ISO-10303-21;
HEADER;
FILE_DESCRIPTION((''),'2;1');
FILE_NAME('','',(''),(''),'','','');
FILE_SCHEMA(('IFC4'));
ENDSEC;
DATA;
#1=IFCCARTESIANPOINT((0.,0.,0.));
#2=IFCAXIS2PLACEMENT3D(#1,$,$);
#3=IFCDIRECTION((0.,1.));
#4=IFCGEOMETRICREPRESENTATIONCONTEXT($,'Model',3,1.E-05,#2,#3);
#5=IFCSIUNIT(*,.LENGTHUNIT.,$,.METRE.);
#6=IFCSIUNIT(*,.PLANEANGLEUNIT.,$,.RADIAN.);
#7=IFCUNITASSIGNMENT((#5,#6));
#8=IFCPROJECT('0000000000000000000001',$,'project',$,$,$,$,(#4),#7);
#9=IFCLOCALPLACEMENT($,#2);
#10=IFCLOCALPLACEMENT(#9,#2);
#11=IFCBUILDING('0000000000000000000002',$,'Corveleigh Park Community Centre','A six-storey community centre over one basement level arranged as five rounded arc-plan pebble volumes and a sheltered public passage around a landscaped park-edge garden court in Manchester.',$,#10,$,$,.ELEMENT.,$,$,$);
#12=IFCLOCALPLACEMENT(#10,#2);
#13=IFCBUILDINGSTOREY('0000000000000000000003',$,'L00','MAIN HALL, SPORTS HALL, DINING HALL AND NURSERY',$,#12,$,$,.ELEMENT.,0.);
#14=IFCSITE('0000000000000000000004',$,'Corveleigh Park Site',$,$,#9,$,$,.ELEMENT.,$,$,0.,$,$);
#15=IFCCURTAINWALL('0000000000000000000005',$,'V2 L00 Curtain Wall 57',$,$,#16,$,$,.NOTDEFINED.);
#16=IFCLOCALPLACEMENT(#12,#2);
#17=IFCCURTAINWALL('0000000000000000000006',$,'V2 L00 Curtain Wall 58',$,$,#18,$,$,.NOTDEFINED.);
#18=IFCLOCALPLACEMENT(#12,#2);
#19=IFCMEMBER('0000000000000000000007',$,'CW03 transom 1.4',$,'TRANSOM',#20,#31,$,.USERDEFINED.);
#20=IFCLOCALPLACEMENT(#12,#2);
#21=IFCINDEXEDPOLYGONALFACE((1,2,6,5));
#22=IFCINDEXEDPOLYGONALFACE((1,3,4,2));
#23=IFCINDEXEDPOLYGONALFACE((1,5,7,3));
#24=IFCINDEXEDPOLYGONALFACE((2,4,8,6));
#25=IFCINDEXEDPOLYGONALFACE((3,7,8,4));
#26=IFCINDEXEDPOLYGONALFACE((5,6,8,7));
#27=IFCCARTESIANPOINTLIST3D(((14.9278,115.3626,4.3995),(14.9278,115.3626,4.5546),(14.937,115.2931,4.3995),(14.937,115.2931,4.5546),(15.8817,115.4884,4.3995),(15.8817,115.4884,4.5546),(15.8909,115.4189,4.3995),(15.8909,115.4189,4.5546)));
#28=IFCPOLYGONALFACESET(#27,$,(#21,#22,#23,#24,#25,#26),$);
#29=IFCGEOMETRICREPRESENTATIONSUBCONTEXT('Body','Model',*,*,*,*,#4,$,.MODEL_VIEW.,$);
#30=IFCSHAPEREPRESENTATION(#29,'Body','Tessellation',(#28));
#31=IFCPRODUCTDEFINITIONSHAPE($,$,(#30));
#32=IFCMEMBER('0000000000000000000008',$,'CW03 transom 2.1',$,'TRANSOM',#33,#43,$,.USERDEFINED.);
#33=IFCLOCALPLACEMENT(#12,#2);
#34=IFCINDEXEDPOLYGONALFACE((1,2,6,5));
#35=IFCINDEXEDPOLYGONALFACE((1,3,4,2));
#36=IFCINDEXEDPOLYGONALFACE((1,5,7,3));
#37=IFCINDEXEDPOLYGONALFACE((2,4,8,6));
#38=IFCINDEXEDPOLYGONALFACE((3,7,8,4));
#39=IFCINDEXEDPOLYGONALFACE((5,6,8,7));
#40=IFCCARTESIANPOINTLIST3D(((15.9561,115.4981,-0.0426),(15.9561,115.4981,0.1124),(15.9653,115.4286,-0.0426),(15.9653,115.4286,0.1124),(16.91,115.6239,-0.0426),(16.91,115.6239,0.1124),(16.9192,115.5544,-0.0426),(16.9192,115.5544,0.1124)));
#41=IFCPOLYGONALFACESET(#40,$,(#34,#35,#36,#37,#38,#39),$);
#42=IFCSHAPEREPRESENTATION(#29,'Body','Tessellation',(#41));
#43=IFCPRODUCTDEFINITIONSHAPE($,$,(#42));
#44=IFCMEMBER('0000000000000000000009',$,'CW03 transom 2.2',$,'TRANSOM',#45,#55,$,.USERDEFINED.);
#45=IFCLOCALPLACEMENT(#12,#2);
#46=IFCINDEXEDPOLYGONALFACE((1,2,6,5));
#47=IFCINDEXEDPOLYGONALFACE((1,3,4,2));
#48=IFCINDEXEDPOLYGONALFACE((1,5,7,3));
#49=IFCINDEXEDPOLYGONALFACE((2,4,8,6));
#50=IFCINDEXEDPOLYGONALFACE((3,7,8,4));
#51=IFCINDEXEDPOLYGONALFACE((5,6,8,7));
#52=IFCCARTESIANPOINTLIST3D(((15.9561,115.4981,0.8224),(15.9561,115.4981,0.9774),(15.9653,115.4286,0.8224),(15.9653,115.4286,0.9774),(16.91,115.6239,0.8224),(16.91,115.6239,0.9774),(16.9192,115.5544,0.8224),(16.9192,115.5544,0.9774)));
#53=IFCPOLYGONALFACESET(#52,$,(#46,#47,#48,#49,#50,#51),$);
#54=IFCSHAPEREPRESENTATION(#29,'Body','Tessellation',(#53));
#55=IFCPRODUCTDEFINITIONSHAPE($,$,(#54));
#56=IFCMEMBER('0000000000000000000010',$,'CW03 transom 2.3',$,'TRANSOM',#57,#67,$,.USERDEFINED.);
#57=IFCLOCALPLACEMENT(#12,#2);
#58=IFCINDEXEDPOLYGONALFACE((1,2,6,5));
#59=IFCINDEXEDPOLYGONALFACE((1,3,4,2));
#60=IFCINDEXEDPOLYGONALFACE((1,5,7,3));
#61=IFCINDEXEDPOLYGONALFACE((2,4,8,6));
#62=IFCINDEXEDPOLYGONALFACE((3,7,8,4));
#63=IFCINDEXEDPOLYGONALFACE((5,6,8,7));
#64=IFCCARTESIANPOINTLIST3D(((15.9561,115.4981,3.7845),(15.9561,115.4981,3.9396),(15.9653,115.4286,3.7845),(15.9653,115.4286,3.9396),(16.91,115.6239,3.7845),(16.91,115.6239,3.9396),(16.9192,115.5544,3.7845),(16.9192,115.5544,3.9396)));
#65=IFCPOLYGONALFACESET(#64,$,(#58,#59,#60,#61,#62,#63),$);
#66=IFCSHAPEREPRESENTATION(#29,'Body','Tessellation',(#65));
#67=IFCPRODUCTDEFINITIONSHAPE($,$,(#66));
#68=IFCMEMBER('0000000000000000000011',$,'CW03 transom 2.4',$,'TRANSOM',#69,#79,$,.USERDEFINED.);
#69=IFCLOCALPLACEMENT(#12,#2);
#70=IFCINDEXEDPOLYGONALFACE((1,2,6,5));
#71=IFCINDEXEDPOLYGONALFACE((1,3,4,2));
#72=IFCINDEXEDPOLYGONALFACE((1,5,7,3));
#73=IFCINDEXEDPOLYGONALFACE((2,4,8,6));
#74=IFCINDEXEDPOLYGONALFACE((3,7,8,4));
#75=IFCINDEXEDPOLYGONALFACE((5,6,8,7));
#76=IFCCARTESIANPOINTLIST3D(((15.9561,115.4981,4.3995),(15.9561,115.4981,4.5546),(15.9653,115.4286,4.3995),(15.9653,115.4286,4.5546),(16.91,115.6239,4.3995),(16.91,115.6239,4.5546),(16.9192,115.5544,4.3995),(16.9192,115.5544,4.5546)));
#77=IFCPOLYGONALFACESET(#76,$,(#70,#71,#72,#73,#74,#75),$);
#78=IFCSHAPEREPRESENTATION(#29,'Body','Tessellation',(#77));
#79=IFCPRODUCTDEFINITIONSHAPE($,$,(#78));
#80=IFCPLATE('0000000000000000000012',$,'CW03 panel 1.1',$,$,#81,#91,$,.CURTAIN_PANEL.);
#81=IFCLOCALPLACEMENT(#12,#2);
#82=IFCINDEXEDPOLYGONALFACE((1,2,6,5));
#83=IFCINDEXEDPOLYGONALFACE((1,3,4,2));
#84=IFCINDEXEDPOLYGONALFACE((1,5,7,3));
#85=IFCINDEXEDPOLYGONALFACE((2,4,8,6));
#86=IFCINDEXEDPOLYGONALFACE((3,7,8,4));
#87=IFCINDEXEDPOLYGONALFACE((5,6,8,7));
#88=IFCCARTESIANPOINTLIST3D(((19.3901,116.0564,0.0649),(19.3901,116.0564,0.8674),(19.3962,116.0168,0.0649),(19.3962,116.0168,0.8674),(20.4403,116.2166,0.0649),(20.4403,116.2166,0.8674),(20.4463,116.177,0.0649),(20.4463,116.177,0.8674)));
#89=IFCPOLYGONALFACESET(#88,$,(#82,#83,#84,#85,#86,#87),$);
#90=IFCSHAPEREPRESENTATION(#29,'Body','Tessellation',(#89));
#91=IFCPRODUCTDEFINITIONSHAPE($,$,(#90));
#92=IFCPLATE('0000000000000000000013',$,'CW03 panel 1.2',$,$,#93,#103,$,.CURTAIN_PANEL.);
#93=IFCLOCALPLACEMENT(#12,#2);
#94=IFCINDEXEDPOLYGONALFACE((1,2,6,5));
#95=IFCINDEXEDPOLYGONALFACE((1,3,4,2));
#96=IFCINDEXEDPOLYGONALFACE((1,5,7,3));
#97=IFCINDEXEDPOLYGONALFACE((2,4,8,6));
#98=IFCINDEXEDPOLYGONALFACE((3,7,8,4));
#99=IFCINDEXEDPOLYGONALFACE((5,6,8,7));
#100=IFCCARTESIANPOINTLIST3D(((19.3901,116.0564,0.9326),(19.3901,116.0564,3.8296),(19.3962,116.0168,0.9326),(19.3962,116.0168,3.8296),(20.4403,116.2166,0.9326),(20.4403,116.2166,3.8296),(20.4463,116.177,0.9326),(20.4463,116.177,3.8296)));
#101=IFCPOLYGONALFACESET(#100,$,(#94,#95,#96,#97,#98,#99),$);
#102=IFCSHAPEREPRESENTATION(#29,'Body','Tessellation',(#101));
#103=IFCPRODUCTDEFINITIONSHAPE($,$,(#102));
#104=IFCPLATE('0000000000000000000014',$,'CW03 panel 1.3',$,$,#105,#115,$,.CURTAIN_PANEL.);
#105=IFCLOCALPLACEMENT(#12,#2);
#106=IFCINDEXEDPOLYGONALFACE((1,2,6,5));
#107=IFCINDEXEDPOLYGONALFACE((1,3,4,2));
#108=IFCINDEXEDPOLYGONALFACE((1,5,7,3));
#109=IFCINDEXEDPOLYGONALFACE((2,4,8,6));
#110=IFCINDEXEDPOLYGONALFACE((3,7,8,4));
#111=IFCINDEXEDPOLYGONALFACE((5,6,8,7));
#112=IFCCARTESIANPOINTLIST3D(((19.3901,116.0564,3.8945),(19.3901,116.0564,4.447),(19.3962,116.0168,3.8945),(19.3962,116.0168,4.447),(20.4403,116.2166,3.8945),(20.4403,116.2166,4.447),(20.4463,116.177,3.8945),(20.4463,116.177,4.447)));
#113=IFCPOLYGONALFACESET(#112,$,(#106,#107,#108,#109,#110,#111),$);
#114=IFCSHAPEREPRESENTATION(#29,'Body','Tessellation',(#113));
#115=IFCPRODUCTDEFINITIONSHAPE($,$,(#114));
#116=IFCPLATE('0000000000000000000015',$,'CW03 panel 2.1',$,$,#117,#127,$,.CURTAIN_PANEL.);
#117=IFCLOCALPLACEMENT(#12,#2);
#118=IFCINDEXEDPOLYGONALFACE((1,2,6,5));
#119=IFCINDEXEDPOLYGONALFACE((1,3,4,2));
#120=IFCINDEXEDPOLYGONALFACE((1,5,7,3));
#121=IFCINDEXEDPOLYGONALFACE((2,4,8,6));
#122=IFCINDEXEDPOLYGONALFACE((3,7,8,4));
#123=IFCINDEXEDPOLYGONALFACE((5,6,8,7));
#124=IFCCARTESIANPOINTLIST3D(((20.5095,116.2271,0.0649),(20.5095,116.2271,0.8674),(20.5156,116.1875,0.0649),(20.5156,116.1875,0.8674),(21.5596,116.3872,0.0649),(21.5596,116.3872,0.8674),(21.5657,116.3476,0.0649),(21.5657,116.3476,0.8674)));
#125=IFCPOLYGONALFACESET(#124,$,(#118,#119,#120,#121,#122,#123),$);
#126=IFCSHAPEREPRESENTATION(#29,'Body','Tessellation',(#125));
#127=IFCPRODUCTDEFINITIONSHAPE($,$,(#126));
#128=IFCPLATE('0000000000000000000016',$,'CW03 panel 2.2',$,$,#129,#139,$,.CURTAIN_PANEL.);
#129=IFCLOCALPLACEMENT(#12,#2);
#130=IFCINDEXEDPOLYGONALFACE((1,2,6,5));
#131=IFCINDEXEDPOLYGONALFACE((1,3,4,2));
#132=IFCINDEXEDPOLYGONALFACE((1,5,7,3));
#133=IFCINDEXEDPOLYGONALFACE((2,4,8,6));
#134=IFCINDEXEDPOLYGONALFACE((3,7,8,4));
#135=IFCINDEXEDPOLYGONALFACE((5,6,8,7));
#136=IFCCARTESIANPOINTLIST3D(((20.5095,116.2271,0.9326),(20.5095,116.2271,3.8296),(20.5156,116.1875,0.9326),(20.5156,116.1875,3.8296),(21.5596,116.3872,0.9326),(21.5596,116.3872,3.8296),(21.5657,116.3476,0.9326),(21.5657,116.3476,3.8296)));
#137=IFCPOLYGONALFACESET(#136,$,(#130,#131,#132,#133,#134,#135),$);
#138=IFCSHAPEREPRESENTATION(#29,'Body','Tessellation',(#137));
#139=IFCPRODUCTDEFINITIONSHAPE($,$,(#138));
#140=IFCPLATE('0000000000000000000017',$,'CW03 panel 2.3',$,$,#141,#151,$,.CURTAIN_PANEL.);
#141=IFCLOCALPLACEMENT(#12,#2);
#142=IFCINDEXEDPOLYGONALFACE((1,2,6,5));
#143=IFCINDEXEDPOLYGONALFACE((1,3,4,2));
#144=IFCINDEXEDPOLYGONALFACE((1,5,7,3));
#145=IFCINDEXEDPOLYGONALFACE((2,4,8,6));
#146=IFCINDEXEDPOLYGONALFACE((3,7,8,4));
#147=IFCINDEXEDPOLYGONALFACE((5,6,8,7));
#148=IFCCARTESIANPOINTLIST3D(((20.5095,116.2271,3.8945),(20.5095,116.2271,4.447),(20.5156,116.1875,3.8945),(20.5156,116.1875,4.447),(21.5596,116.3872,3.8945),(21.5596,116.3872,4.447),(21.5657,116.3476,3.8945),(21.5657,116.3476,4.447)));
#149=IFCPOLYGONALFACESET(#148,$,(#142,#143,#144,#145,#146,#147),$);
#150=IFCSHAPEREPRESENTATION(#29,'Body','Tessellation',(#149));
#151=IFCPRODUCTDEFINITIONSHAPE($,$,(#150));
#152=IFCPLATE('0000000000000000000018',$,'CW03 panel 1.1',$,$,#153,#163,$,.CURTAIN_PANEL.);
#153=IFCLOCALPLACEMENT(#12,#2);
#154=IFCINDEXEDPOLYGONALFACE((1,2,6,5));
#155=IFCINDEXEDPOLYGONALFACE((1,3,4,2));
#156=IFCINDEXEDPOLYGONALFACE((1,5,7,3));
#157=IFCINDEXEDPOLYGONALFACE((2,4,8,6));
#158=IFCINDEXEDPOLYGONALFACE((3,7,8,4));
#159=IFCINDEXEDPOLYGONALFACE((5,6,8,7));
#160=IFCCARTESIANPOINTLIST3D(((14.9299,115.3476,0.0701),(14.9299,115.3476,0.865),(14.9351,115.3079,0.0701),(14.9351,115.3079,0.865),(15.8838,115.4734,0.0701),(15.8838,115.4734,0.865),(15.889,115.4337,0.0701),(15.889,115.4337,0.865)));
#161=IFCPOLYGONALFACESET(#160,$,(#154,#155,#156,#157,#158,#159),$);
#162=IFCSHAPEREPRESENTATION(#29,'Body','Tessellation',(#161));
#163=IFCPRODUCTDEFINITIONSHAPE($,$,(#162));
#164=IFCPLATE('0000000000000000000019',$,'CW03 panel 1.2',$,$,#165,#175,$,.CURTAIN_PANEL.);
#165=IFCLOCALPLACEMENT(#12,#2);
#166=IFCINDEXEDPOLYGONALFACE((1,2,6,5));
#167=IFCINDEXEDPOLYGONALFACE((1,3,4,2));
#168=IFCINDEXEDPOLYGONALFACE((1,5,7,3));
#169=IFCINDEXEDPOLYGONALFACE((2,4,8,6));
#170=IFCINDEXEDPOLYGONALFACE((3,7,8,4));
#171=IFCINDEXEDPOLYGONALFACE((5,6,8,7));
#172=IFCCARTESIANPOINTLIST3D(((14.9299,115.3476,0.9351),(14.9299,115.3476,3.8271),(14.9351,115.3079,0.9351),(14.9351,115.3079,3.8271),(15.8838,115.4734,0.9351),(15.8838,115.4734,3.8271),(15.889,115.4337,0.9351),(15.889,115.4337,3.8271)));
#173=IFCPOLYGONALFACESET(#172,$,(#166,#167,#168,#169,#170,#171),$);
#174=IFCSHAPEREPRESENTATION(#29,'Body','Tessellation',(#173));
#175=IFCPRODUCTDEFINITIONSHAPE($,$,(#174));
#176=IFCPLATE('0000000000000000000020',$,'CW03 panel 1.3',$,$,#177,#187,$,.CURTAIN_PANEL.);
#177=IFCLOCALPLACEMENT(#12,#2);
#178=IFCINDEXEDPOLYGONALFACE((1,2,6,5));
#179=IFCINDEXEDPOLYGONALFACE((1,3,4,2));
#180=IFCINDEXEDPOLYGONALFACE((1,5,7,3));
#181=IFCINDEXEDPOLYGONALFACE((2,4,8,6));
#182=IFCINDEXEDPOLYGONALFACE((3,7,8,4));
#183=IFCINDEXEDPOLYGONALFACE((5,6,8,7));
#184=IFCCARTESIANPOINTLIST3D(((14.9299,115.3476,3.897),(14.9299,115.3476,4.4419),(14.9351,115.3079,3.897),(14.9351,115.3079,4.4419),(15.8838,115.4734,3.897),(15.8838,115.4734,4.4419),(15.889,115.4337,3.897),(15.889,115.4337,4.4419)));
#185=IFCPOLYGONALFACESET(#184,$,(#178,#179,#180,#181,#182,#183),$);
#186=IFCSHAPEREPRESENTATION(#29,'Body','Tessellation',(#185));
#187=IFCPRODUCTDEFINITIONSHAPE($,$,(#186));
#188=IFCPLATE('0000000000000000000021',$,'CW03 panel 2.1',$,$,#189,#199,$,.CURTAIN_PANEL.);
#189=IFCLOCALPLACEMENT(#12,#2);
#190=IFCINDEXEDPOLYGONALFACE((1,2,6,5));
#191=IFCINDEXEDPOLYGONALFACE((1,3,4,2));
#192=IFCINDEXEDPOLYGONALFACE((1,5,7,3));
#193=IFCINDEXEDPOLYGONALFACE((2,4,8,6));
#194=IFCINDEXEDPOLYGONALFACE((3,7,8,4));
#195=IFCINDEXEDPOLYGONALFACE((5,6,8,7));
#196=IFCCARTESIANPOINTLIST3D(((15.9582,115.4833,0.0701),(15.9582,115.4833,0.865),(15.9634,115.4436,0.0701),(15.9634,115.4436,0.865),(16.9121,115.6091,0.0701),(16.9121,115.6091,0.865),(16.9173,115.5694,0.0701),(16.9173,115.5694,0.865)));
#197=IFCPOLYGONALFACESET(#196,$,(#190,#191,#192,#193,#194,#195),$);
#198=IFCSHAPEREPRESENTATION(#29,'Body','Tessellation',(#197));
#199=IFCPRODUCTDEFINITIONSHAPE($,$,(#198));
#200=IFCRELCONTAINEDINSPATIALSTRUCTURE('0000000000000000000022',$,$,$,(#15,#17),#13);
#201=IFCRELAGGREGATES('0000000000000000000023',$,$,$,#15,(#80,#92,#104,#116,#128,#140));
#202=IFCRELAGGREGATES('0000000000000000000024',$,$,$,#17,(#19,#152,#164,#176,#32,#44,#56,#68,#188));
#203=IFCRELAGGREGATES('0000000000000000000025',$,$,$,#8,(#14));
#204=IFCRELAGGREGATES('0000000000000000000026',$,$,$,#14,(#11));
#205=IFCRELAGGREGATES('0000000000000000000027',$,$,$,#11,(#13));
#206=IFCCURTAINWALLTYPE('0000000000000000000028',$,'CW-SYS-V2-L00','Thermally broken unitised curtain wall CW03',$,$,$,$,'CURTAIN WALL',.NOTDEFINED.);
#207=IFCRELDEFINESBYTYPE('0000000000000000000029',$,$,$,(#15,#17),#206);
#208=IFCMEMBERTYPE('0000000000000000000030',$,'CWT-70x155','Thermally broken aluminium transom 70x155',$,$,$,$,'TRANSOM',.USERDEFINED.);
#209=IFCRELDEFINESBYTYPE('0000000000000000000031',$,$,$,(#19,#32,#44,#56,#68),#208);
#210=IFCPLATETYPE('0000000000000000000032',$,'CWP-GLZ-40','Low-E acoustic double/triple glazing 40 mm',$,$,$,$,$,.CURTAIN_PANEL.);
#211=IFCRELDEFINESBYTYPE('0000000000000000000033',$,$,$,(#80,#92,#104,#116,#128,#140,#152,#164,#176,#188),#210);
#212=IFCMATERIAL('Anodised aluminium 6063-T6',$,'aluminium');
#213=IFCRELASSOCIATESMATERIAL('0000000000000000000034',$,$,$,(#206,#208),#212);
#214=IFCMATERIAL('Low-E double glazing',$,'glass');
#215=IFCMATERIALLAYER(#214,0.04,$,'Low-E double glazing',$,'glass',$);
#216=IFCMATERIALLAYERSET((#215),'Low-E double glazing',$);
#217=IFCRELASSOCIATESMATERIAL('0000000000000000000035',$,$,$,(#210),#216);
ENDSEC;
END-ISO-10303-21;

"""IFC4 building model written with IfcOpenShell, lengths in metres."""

from ifc_helpers import new_model, si_unit, direction, frame, origin, origin_2d, place, context, subcontext, project, spatial, rectangle, extrude, material, layer, layer_set, material_profile, profile_set, type_object, element, aggregate, save


model = new_model("IFC4")

# Units and contexts
model_context = context("Model", 3, precision=1e-05, world=origin(), true_north=direction((0.0, 1.0)))
body_context = subcontext(model_context, "Body", "Model", "MODEL_VIEW")
ifc_project = project(units=[si_unit("LENGTHUNIT", "METRE"), si_unit("PLANEANGLEUNIT", "RADIAN")], contexts=[model_context])

# Site, building, storey
site_placement = place(None, origin())
site = spatial("IfcSite", under=ifc_project, at=site_placement, Name="Corveleigh Park Site", CompositionType="ELEMENT", RefElevation=0.0)
building_placement = place(site_placement, origin())
building = spatial("IfcBuilding", under=site, at=building_placement, Name="Corveleigh Park Community Centre", Description="A six-storey community centre over one basement level arranged as five rounded arc-plan pebble volumes and a sheltered public passage around a landscaped park-edge garden court in Manchester.", CompositionType="ELEMENT")
storey_placement = place(building_placement, origin())
storey = spatial("IfcBuildingStorey", under=building, at=storey_placement, Name="L00", Description="MAIN HALL, SPORTS HALL, DINING HALL AND NURSERY", CompositionType="ELEMENT", Elevation=0.0)

# Curtain walls
ifc_material_1 = material(Name="Anodised aluminium 6063-T6", Category="aluminium")
curtain_wall_type = type_object("IfcCurtainWallType", Name="CW-SYS-V2-L00", Description="Thermally broken unitised curtain wall CW03", ElementType="CURTAIN WALL", PredefinedType="NOTDEFINED", material=ifc_material_1)
curtain_wall_1_placement = place(storey_placement, origin())
curtain_wall_1 = element("IfcCurtainWall", 1, at=curtain_wall_1_placement, inside=storey, type_object=curtain_wall_type, Name="V2 L00 Curtain Wall 57", PredefinedType="NOTDEFINED")
curtain_wall_2_placement = place(storey_placement, origin())
curtain_wall_2 = element("IfcCurtainWall", 2, at=curtain_wall_2_placement, inside=storey, type_object=curtain_wall_type, Name="V2 L00 Curtain Wall 58", PredefinedType="NOTDEFINED")

# Members
ifc_material_profile_1 = material_profile(ifc_material_1, rectangle(XDim=0.0701, YDim=0.155, at=origin_2d()), Name="ALU-T70x155", Category="aluminium")
ifc_profile_set_1 = profile_set([ifc_material_profile_1], Name="Anodised aluminium 6063-T6")
member_type_1 = type_object("IfcMemberType", Name="CWT-70x155", Description="Thermally broken aluminium transom 70x155", ElementType="TRANSOM", PredefinedType="USERDEFINED", material=ifc_profile_set_1)
member_1_placement = place(storey_placement, frame((14.9324, 115.3279, 4.4771), z_axis=(0.991424, 0.130684, 0.0), x_axis=(-0.130684, 0.991424, 0.0)))
member_1 = element("IfcMember", 3, at=member_1_placement, type_object=member_type_1, Name="CW03 transom 1.4", ObjectType="TRANSOM", PredefinedType="USERDEFINED", context=body_context, shape_type="SweptSolid", body=[
    extrude(rectangle(XDim=0.0701, YDim=0.155, at=origin_2d()), origin(), (0.0, 0.0, 1.0), 0.9622),
])
member_2_placement = place(storey_placement, frame((15.9607, 115.4634, 0.0349), z_axis=(0.991424, 0.130684, 0.0), x_axis=(-0.130684, 0.991424, 0.0)))
member_2 = element("IfcMember", 4, at=member_2_placement, type_object=member_type_1, Name="CW03 transom 2.1", ObjectType="TRANSOM", PredefinedType="USERDEFINED", context=body_context, shape_type="SweptSolid", body=[
    extrude(rectangle(XDim=0.0701, YDim=0.155, at=origin_2d()), origin(), (0.0, 0.0, 1.0), 0.9622),
])
member_3_placement = place(storey_placement, frame((15.9607, 115.4634, 0.8999), z_axis=(0.991424, 0.130684, 0.0), x_axis=(-0.130684, 0.991424, 0.0)))
member_3 = element("IfcMember", 5, at=member_3_placement, type_object=member_type_1, Name="CW03 transom 2.2", ObjectType="TRANSOM", PredefinedType="USERDEFINED", context=body_context, shape_type="SweptSolid", body=[
    extrude(rectangle(XDim=0.0701, YDim=0.155, at=origin_2d()), origin(), (0.0, 0.0, 1.0), 0.9622),
])
member_4_placement = place(storey_placement, frame((15.9607, 115.4634, 3.8621), z_axis=(0.991424, 0.130684, 0.0), x_axis=(-0.130684, 0.991424, 0.0)))
member_4 = element("IfcMember", 6, at=member_4_placement, type_object=member_type_1, Name="CW03 transom 2.3", ObjectType="TRANSOM", PredefinedType="USERDEFINED", context=body_context, shape_type="SweptSolid", body=[
    extrude(rectangle(XDim=0.0701, YDim=0.155, at=origin_2d()), origin(), (0.0, 0.0, 1.0), 0.9622),
])
member_5_placement = place(storey_placement, frame((15.9607, 115.4634, 4.4771), z_axis=(0.991424, 0.130684, 0.0), x_axis=(-0.130684, 0.991424, 0.0)))
member_5 = element("IfcMember", 7, at=member_5_placement, type_object=member_type_1, Name="CW03 transom 2.4", ObjectType="TRANSOM", PredefinedType="USERDEFINED", context=body_context, shape_type="SweptSolid", body=[
    extrude(rectangle(XDim=0.0701, YDim=0.155, at=origin_2d()), origin(), (0.0, 0.0, 1.0), 0.9622),
])

# Plates
ifc_material_2 = material(Name="Low-E double glazing", Category="glass")
ifc_layer_1 = layer(ifc_material_2, 0.04, Name="Low-E double glazing", Category="glass")
ifc_layer_set_1 = layer_set([ifc_layer_1], Name="Low-E double glazing")
plate_type = type_object("IfcPlateType", Name="CWP-GLZ-40", Description="Low-E acoustic double/triple glazing 40 mm", PredefinedType="CURTAIN_PANEL", material=ifc_layer_set_1)
plate_1_placement = place(storey_placement, frame((19.9182, 116.1167, 0.0649), z_axis=(0.0, 0.0, 1.0), x_axis=(0.988569, 0.15077, 0.0)))
plate_1 = element("IfcPlate", 8, at=plate_1_placement, type_object=plate_type, Name="CW03 panel 1.1", PredefinedType="CURTAIN_PANEL", context=body_context, shape_type="SweptSolid", body=[
    extrude(rectangle(XDim=1.0623, YDim=0.04, at=origin_2d()), origin(), (0.0, 0.0, 1.0), 0.8025),
])
plate_2_placement = place(storey_placement, frame((19.9182, 116.1167, 0.9326), z_axis=(0.0, 0.0, 1.0), x_axis=(0.988569, 0.15077, 0.0)))
plate_2 = element("IfcPlate", 9, at=plate_2_placement, type_object=plate_type, Name="CW03 panel 1.2", PredefinedType="CURTAIN_PANEL", context=body_context, shape_type="SweptSolid", body=[
    extrude(rectangle(XDim=1.0623, YDim=0.04, at=origin_2d()), origin(), (0.0, 0.0, 1.0), 2.897),
])
plate_3_placement = place(storey_placement, frame((19.9182, 116.1167, 3.8945), z_axis=(0.0, 0.0, 1.0), x_axis=(0.988569, 0.15077, 0.0)))
plate_3 = element("IfcPlate", 10, at=plate_3_placement, type_object=plate_type, Name="CW03 panel 1.3", PredefinedType="CURTAIN_PANEL", context=body_context, shape_type="SweptSolid", body=[
    extrude(rectangle(XDim=1.0623, YDim=0.04, at=origin_2d()), origin(), (0.0, 0.0, 1.0), 0.5525),
])
plate_4_placement = place(storey_placement, frame((21.0376, 116.2874, 0.0649), z_axis=(0.0, 0.0, 1.0), x_axis=(0.988569, 0.15077, 0.0)))
plate_4 = element("IfcPlate", 11, at=plate_4_placement, type_object=plate_type, Name="CW03 panel 2.1", PredefinedType="CURTAIN_PANEL", context=body_context, shape_type="SweptSolid", body=[
    extrude(rectangle(XDim=1.0623, YDim=0.04, at=origin_2d()), origin(), (0.0, 0.0, 1.0), 0.8025),
])
plate_5_placement = place(storey_placement, frame((21.0376, 116.2874, 0.9326), z_axis=(0.0, 0.0, 1.0), x_axis=(0.988569, 0.15077, 0.0)))
plate_5 = element("IfcPlate", 12, at=plate_5_placement, type_object=plate_type, Name="CW03 panel 2.2", PredefinedType="CURTAIN_PANEL", context=body_context, shape_type="SweptSolid", body=[
    extrude(rectangle(XDim=1.0623, YDim=0.04, at=origin_2d()), origin(), (0.0, 0.0, 1.0), 2.897),
])
plate_6_placement = place(storey_placement, frame((21.0376, 116.2874, 3.8945), z_axis=(0.0, 0.0, 1.0), x_axis=(0.988569, 0.15077, 0.0)))
plate_6 = element("IfcPlate", 13, at=plate_6_placement, type_object=plate_type, Name="CW03 panel 2.3", PredefinedType="CURTAIN_PANEL", context=body_context, shape_type="SweptSolid", body=[
    extrude(rectangle(XDim=1.0623, YDim=0.04, at=origin_2d()), origin(), (0.0, 0.0, 1.0), 0.5525),
])
aggregate(curtain_wall_1, [plate_1, plate_2, plate_3, plate_4, plate_5, plate_6])
plate_7_placement = place(storey_placement, frame((15.4094, 115.3906, 0.0701), z_axis=(0.0, 0.0, 1.0), x_axis=(0.991418, 0.130731, 0.0)))
plate_7 = element("IfcPlate", 14, at=plate_7_placement, type_object=plate_type, Name="CW03 panel 1.1", PredefinedType="CURTAIN_PANEL", context=body_context, shape_type="SweptSolid", body=[
    extrude(rectangle(XDim=0.9622, YDim=0.04, at=origin_2d()), origin(), (0.0, 0.0, 1.0), 0.7949),
])
plate_8_placement = place(storey_placement, frame((15.4094, 115.3906, 0.9351), z_axis=(0.0, 0.0, 1.0), x_axis=(0.991418, 0.130731, 0.0)))
plate_8 = element("IfcPlate", 15, at=plate_8_placement, type_object=plate_type, Name="CW03 panel 1.2", PredefinedType="CURTAIN_PANEL", context=body_context, shape_type="SweptSolid", body=[
    extrude(rectangle(XDim=0.9622, YDim=0.04, at=origin_2d()), origin(), (0.0, 0.0, 1.0), 2.8921),
])
plate_9_placement = place(storey_placement, frame((15.4094, 115.3906, 3.897), z_axis=(0.0, 0.0, 1.0), x_axis=(0.991418, 0.130731, 0.0)))
plate_9 = element("IfcPlate", 16, at=plate_9_placement, type_object=plate_type, Name="CW03 panel 1.3", PredefinedType="CURTAIN_PANEL", context=body_context, shape_type="SweptSolid", body=[
    extrude(rectangle(XDim=0.9622, YDim=0.04, at=origin_2d()), origin(), (0.0, 0.0, 1.0), 0.5449),
])
plate_10_placement = place(storey_placement, frame((16.4377, 115.5264, 0.0701), z_axis=(0.0, 0.0, 1.0), x_axis=(0.991418, 0.130731, 0.0)))
plate_10 = element("IfcPlate", 17, at=plate_10_placement, type_object=plate_type, Name="CW03 panel 2.1", PredefinedType="CURTAIN_PANEL", context=body_context, shape_type="SweptSolid", body=[
    extrude(rectangle(XDim=0.9622, YDim=0.04, at=origin_2d()), origin(), (0.0, 0.0, 1.0), 0.7949),
])
aggregate(curtain_wall_2, [member_1, plate_7, plate_8, plate_9, member_2, member_3, member_4, member_5, plate_10])

save(model, "model.ifc")
